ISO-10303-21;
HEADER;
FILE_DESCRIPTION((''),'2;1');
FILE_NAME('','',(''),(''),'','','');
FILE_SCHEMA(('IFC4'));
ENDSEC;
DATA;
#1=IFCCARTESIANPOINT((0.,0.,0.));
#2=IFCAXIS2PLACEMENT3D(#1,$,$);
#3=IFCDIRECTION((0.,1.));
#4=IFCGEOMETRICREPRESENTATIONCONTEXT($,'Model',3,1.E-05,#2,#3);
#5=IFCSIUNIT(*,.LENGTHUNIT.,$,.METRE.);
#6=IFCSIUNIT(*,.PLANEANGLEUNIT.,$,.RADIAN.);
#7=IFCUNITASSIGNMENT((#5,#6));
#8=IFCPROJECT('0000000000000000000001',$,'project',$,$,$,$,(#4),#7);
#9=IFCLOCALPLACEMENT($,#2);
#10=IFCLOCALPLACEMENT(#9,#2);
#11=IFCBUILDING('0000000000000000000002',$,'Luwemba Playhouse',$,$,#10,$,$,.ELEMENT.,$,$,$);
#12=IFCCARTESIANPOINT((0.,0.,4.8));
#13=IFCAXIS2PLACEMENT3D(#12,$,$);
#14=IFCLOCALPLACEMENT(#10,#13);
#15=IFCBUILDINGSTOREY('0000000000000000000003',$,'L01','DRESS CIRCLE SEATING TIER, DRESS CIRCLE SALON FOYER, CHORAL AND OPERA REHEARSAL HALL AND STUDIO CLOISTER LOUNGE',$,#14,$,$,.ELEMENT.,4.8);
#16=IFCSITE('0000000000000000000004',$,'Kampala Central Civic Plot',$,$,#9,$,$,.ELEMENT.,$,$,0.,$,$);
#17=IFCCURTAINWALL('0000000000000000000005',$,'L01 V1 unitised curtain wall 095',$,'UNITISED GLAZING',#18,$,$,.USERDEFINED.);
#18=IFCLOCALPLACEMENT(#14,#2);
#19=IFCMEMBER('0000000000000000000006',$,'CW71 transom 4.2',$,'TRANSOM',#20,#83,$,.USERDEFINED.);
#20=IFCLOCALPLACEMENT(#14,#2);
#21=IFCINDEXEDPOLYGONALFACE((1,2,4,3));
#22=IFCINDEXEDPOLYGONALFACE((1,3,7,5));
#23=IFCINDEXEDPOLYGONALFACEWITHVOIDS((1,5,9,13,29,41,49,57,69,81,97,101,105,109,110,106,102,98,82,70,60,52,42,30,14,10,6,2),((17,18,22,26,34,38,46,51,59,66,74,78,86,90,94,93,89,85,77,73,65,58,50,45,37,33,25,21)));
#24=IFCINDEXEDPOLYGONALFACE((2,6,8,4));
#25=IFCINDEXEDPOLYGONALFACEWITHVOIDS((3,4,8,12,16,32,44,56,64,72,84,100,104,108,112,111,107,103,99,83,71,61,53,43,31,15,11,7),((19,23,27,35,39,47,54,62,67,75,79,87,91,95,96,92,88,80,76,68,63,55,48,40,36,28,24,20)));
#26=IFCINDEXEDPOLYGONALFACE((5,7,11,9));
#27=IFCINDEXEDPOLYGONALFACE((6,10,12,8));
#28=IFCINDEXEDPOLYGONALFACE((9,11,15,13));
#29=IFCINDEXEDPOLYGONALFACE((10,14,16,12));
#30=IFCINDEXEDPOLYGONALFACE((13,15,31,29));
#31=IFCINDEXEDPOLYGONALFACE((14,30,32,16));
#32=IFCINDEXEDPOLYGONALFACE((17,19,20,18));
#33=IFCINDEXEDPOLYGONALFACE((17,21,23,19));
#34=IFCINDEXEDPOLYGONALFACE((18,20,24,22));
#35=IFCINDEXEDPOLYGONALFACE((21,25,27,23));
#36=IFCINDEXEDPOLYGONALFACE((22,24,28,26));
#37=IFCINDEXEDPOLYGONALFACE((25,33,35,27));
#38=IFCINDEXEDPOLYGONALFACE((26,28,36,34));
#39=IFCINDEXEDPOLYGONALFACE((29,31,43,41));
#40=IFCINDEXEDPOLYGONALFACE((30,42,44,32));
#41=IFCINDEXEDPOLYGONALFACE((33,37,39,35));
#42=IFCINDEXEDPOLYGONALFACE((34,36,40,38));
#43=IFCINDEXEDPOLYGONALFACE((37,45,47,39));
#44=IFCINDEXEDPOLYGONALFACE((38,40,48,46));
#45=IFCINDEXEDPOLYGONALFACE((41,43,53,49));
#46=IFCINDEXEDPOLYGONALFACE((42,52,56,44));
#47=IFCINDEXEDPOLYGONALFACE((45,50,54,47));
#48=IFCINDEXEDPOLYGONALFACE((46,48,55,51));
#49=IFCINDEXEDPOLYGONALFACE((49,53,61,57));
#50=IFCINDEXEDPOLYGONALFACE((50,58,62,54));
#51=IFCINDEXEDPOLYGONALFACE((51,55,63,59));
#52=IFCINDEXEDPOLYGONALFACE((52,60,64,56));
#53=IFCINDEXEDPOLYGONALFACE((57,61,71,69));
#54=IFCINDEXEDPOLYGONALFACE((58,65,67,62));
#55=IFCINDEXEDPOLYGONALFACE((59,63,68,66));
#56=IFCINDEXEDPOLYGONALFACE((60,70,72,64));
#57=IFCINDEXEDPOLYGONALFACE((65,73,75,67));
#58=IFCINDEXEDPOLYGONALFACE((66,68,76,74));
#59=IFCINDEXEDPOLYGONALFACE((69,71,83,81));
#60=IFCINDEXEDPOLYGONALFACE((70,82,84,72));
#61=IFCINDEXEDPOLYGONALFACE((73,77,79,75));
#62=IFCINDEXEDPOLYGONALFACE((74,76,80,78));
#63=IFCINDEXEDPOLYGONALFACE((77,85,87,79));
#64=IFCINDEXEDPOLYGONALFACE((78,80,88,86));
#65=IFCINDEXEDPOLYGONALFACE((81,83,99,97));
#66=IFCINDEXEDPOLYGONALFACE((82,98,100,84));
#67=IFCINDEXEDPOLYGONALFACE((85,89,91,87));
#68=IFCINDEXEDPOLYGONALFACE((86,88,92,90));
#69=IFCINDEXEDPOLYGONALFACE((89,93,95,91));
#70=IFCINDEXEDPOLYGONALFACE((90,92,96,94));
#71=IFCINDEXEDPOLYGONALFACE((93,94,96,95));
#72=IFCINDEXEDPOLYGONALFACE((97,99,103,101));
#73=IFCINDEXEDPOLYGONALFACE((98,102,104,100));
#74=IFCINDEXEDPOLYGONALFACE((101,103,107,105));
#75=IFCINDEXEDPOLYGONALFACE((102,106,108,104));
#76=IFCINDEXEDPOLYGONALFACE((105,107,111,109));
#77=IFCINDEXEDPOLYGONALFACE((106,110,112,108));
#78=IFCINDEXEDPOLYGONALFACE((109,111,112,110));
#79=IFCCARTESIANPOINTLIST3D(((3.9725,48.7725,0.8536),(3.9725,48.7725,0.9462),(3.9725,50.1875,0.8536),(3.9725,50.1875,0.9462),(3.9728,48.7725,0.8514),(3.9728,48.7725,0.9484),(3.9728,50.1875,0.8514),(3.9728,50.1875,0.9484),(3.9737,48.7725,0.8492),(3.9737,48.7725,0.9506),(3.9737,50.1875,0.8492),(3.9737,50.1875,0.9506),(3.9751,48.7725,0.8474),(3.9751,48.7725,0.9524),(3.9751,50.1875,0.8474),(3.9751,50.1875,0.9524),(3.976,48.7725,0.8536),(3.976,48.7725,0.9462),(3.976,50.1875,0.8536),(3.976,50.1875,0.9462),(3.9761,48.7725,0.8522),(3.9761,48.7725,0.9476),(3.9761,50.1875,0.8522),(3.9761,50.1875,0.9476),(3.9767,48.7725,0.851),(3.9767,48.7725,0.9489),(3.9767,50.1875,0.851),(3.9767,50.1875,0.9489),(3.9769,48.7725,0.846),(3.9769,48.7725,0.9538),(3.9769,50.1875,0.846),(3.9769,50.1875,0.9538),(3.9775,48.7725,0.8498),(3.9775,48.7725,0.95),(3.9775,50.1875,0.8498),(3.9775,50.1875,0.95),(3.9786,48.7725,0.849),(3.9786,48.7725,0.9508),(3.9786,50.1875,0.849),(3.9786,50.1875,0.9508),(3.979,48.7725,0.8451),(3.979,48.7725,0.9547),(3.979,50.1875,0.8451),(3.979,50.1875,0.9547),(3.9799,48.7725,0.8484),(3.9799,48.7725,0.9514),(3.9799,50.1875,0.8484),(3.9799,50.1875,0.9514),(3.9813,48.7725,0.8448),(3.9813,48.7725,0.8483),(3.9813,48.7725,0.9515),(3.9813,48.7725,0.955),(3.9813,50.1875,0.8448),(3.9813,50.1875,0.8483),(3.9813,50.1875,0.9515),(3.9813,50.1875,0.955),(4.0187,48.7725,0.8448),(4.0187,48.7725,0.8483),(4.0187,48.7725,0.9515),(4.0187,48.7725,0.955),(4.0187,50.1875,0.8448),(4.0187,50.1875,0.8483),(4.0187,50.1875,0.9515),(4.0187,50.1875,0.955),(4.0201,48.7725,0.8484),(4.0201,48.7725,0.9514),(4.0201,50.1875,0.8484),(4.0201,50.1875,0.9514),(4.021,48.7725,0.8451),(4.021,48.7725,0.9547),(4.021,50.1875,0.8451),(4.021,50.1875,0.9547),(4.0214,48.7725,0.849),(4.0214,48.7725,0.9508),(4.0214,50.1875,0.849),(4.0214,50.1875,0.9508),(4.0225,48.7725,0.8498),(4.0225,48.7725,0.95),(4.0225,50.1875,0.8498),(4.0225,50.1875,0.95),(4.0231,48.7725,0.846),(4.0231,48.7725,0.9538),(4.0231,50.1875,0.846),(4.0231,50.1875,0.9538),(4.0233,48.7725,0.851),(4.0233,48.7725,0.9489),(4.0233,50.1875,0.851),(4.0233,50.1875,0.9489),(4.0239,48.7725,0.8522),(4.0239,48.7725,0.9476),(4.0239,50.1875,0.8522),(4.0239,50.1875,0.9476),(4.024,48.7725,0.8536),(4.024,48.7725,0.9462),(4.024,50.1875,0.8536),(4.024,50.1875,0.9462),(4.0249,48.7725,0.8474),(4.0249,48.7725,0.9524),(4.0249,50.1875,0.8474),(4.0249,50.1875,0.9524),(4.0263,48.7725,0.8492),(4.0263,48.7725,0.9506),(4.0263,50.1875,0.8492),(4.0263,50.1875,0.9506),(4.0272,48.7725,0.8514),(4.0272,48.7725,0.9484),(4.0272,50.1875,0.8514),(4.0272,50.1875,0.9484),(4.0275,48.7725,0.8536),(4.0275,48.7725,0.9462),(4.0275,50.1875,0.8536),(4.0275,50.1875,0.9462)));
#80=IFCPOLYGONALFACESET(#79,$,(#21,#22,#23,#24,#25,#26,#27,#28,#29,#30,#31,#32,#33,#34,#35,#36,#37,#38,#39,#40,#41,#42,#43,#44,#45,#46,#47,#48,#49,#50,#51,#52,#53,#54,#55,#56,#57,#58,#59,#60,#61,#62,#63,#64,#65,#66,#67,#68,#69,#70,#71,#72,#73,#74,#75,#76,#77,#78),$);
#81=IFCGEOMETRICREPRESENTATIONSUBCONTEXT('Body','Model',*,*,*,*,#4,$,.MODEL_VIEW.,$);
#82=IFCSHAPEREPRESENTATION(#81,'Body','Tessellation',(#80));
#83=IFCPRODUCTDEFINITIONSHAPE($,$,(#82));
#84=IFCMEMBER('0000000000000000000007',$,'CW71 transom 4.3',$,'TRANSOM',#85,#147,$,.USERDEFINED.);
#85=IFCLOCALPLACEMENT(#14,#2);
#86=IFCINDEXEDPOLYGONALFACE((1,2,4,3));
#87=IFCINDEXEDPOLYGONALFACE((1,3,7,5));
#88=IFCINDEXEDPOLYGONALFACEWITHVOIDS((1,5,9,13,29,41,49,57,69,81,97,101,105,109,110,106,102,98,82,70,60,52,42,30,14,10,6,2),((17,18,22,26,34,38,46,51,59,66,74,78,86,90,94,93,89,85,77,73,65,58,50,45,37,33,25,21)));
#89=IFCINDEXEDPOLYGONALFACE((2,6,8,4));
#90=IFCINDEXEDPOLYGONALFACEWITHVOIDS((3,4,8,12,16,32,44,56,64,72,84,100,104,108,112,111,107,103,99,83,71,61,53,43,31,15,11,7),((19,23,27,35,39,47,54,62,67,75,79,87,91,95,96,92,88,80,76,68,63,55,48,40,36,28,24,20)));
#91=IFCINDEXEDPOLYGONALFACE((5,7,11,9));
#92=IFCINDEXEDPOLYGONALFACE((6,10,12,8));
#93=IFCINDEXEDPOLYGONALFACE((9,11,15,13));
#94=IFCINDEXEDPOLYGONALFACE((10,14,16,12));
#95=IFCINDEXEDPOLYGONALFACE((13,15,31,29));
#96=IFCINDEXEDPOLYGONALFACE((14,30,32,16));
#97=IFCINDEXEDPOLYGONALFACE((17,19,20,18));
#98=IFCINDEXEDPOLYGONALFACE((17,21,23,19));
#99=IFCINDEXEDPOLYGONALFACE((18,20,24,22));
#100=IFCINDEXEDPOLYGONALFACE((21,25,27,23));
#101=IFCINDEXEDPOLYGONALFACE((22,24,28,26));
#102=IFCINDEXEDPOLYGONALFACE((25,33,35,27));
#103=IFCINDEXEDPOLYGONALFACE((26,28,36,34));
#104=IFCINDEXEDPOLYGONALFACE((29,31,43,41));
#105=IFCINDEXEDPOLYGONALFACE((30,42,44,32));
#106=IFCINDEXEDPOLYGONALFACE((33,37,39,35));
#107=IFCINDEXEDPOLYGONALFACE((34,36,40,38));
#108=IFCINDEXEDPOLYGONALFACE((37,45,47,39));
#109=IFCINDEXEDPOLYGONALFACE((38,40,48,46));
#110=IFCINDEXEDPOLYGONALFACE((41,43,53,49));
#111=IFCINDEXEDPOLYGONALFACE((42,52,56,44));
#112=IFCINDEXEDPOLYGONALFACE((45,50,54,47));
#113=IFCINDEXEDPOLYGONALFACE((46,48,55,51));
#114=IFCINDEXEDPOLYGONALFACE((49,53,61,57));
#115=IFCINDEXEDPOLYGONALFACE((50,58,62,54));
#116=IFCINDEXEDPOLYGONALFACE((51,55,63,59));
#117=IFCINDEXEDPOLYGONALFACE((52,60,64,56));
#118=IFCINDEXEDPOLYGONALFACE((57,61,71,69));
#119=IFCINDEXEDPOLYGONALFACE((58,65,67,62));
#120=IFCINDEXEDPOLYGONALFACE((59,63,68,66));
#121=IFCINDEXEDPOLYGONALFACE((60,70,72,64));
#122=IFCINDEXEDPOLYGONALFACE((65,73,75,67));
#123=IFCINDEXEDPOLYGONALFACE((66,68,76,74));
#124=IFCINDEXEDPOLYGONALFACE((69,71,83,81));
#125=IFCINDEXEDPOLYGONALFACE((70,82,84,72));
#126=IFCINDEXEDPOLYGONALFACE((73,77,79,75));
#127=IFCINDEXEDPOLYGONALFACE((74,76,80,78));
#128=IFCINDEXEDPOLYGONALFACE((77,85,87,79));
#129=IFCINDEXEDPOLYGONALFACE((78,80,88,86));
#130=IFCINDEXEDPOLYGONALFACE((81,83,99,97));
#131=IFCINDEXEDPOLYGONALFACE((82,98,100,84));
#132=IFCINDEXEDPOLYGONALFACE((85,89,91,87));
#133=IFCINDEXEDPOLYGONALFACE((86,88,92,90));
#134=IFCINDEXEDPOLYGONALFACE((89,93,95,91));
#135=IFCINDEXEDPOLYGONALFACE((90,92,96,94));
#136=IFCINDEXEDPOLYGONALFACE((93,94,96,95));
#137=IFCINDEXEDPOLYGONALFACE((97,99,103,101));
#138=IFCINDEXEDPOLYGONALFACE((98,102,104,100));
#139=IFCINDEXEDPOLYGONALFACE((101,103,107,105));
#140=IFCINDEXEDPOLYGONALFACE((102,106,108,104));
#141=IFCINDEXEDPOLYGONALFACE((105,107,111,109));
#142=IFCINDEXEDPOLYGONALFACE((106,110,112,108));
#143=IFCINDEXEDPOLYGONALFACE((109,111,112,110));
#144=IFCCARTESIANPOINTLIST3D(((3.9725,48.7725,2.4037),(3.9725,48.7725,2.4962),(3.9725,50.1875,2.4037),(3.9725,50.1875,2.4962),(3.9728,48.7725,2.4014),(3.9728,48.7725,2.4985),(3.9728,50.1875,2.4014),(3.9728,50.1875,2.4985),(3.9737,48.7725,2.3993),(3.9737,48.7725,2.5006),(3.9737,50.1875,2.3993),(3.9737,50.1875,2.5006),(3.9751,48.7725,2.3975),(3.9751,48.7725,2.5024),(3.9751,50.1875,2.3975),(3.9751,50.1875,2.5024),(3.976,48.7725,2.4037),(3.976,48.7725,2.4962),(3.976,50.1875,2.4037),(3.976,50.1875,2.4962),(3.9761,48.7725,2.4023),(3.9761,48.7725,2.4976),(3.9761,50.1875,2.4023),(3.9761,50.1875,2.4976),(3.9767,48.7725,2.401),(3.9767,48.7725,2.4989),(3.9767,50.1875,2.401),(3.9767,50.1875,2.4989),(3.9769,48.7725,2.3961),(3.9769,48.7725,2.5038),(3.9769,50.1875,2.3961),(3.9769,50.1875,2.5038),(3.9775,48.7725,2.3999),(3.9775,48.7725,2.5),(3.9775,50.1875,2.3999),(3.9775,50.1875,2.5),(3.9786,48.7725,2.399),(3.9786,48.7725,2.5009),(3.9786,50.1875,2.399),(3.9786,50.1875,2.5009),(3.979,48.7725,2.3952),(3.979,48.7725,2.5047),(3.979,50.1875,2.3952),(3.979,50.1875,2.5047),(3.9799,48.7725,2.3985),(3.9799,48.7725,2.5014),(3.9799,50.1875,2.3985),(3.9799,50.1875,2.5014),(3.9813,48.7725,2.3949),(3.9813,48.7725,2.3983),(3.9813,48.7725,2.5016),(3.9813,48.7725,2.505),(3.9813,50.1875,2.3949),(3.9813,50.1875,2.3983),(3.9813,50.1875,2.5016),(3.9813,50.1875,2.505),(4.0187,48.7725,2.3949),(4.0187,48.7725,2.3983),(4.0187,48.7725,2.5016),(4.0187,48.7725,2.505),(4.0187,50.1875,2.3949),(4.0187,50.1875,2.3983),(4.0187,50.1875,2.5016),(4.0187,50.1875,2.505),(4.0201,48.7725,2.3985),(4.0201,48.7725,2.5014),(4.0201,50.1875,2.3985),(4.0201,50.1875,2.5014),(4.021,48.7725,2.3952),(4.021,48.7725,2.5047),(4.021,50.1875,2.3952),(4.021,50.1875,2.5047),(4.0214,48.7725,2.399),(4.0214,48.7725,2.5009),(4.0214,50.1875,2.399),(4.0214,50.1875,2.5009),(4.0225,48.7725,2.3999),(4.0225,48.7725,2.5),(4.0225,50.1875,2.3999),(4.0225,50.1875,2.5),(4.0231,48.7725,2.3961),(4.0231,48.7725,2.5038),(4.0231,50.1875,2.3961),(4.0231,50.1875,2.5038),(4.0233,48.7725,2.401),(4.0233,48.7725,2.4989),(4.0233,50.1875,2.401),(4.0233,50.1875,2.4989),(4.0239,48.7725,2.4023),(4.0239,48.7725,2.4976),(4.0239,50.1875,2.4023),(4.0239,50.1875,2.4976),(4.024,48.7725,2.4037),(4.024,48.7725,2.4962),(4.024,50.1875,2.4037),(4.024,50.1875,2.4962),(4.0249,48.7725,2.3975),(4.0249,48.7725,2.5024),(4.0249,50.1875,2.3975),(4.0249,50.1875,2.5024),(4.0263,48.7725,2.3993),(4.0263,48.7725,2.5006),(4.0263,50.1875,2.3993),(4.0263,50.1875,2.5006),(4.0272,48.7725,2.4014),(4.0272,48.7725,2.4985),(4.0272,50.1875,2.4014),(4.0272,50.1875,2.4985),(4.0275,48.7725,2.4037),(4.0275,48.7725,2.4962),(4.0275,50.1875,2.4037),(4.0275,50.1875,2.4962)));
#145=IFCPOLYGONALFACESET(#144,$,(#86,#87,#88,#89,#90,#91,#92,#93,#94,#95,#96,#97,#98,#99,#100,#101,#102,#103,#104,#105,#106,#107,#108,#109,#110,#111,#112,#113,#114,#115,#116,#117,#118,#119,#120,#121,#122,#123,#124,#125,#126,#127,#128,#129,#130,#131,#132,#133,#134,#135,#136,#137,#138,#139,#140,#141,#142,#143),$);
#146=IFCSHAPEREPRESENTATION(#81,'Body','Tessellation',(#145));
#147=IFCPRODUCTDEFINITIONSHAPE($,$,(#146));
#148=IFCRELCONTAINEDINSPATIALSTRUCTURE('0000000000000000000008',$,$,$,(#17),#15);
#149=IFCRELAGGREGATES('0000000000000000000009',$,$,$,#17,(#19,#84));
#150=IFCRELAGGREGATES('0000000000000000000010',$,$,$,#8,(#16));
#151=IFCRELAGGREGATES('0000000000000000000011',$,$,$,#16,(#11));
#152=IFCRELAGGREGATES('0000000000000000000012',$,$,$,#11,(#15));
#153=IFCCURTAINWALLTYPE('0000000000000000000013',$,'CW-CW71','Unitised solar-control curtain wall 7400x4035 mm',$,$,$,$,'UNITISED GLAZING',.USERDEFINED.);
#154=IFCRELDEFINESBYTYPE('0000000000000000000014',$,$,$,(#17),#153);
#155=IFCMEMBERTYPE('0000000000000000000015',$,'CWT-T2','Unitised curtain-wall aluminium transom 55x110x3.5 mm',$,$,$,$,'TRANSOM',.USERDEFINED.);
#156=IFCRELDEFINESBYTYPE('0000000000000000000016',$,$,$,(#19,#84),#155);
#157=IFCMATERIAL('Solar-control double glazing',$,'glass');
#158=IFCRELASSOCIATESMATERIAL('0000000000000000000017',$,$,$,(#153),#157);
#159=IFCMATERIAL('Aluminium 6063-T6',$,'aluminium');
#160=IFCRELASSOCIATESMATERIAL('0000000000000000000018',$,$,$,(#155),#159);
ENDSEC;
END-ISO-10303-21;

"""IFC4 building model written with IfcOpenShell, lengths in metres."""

from ifc_helpers import new_model, si_unit, direction, frame, origin, origin_2d, place, context, subcontext, project, spatial, hollow_rectangle, extrude, material, material_profile, profile_set, type_object, element, aggregate, save


model = new_model("IFC4")

# Units and contexts
model_context = context("Model", 3, precision=1e-05, world=origin(), true_north=direction((0.0, 1.0)))
body_context = subcontext(model_context, "Body", "Model", "MODEL_VIEW")
ifc_project = project(units=[si_unit("LENGTHUNIT", "METRE"), si_unit("PLANEANGLEUNIT", "RADIAN")], contexts=[model_context])

# Site, building, storey
site_placement = place(None, origin())
site = spatial("IfcSite", under=ifc_project, at=site_placement, Name="Kampala Central Civic Plot", CompositionType="ELEMENT", RefElevation=0.0)
building_placement = place(site_placement, origin())
building = spatial("IfcBuilding", under=site, at=building_placement, Name="Luwemba Playhouse", CompositionType="ELEMENT")
storey_placement = place(building_placement, frame((0.0, 0.0, 4.8)))
storey = spatial("IfcBuildingStorey", under=building, at=storey_placement, Name="L01", Description="DRESS CIRCLE SEATING TIER, DRESS CIRCLE SALON FOYER, CHORAL AND OPERA REHEARSAL HALL AND STUDIO CLOISTER LOUNGE", CompositionType="ELEMENT", Elevation=4.8)

# Curtain wall, members
ifc_material_1 = material(Name="Solar-control double glazing", Category="glass")
curtain_wall_type = type_object("IfcCurtainWallType", Name="CW-CW71", Description="Unitised solar-control curtain wall 7400x4035 mm", ElementType="UNITISED GLAZING", PredefinedType="USERDEFINED", material=ifc_material_1)
curtain_wall_placement = place(storey_placement, origin())
curtain_wall = element("IfcCurtainWall", 1, at=curtain_wall_placement, inside=storey, type_object=curtain_wall_type, Name="L01 V1 unitised curtain wall 095", ObjectType="UNITISED GLAZING", PredefinedType="USERDEFINED")
ifc_material_2 = material(Name="Aluminium 6063-T6", Category="aluminium")
ifc_material_profile_1 = material_profile(ifc_material_2, hollow_rectangle(XDim=0.0549, YDim=0.1101, WallThickness=0.0034, InnerFilletRadius=0.0054, OuterFilletRadius=0.0088, at=origin_2d()))
ifc_profile_set_1 = profile_set([ifc_material_profile_1], Name="Aluminium 6063-T6")
member_type_1 = type_object("IfcMemberType", Name="CWT-T2", Description="Unitised curtain-wall aluminium transom 55x110x3.5 mm", ElementType="TRANSOM", PredefinedType="USERDEFINED", material=ifc_profile_set_1)
member_1_placement = place(storey_placement, frame((4.0, 48.7725, 0.8999), z_axis=(0.0, 1.0, 0.0), x_axis=(-1.0, 0.0, 0.0)))
member_1 = element("IfcMember", 2, at=member_1_placement, type_object=member_type_1, Name="CW71 transom 4.2", ObjectType="TRANSOM", PredefinedType="USERDEFINED", context=body_context, shape_type="SweptSolid", body=[
    extrude(hollow_rectangle(XDim=0.0549, YDim=0.1101, WallThickness=0.0034, InnerFilletRadius=0.0054, OuterFilletRadius=0.0088, at=origin_2d()), origin(), (0.0, 0.0, 1.0), 1.415),
])
member_2_placement = place(storey_placement, frame((4.0, 48.7725, 2.45), z_axis=(0.0, 1.0, 0.0), x_axis=(-1.0, 0.0, 0.0)))
member_2 = element("IfcMember", 3, at=member_2_placement, type_object=member_type_1, Name="CW71 transom 4.3", ObjectType="TRANSOM", PredefinedType="USERDEFINED", context=body_context, shape_type="SweptSolid", body=[
    extrude(hollow_rectangle(XDim=0.0549, YDim=0.1101, WallThickness=0.0034, InnerFilletRadius=0.0054, OuterFilletRadius=0.0088, at=origin_2d()), origin(), (0.0, 0.0, 1.0), 1.415),
])
aggregate(curtain_wall, [member_1, member_2])

save(model, "model.ifc")
